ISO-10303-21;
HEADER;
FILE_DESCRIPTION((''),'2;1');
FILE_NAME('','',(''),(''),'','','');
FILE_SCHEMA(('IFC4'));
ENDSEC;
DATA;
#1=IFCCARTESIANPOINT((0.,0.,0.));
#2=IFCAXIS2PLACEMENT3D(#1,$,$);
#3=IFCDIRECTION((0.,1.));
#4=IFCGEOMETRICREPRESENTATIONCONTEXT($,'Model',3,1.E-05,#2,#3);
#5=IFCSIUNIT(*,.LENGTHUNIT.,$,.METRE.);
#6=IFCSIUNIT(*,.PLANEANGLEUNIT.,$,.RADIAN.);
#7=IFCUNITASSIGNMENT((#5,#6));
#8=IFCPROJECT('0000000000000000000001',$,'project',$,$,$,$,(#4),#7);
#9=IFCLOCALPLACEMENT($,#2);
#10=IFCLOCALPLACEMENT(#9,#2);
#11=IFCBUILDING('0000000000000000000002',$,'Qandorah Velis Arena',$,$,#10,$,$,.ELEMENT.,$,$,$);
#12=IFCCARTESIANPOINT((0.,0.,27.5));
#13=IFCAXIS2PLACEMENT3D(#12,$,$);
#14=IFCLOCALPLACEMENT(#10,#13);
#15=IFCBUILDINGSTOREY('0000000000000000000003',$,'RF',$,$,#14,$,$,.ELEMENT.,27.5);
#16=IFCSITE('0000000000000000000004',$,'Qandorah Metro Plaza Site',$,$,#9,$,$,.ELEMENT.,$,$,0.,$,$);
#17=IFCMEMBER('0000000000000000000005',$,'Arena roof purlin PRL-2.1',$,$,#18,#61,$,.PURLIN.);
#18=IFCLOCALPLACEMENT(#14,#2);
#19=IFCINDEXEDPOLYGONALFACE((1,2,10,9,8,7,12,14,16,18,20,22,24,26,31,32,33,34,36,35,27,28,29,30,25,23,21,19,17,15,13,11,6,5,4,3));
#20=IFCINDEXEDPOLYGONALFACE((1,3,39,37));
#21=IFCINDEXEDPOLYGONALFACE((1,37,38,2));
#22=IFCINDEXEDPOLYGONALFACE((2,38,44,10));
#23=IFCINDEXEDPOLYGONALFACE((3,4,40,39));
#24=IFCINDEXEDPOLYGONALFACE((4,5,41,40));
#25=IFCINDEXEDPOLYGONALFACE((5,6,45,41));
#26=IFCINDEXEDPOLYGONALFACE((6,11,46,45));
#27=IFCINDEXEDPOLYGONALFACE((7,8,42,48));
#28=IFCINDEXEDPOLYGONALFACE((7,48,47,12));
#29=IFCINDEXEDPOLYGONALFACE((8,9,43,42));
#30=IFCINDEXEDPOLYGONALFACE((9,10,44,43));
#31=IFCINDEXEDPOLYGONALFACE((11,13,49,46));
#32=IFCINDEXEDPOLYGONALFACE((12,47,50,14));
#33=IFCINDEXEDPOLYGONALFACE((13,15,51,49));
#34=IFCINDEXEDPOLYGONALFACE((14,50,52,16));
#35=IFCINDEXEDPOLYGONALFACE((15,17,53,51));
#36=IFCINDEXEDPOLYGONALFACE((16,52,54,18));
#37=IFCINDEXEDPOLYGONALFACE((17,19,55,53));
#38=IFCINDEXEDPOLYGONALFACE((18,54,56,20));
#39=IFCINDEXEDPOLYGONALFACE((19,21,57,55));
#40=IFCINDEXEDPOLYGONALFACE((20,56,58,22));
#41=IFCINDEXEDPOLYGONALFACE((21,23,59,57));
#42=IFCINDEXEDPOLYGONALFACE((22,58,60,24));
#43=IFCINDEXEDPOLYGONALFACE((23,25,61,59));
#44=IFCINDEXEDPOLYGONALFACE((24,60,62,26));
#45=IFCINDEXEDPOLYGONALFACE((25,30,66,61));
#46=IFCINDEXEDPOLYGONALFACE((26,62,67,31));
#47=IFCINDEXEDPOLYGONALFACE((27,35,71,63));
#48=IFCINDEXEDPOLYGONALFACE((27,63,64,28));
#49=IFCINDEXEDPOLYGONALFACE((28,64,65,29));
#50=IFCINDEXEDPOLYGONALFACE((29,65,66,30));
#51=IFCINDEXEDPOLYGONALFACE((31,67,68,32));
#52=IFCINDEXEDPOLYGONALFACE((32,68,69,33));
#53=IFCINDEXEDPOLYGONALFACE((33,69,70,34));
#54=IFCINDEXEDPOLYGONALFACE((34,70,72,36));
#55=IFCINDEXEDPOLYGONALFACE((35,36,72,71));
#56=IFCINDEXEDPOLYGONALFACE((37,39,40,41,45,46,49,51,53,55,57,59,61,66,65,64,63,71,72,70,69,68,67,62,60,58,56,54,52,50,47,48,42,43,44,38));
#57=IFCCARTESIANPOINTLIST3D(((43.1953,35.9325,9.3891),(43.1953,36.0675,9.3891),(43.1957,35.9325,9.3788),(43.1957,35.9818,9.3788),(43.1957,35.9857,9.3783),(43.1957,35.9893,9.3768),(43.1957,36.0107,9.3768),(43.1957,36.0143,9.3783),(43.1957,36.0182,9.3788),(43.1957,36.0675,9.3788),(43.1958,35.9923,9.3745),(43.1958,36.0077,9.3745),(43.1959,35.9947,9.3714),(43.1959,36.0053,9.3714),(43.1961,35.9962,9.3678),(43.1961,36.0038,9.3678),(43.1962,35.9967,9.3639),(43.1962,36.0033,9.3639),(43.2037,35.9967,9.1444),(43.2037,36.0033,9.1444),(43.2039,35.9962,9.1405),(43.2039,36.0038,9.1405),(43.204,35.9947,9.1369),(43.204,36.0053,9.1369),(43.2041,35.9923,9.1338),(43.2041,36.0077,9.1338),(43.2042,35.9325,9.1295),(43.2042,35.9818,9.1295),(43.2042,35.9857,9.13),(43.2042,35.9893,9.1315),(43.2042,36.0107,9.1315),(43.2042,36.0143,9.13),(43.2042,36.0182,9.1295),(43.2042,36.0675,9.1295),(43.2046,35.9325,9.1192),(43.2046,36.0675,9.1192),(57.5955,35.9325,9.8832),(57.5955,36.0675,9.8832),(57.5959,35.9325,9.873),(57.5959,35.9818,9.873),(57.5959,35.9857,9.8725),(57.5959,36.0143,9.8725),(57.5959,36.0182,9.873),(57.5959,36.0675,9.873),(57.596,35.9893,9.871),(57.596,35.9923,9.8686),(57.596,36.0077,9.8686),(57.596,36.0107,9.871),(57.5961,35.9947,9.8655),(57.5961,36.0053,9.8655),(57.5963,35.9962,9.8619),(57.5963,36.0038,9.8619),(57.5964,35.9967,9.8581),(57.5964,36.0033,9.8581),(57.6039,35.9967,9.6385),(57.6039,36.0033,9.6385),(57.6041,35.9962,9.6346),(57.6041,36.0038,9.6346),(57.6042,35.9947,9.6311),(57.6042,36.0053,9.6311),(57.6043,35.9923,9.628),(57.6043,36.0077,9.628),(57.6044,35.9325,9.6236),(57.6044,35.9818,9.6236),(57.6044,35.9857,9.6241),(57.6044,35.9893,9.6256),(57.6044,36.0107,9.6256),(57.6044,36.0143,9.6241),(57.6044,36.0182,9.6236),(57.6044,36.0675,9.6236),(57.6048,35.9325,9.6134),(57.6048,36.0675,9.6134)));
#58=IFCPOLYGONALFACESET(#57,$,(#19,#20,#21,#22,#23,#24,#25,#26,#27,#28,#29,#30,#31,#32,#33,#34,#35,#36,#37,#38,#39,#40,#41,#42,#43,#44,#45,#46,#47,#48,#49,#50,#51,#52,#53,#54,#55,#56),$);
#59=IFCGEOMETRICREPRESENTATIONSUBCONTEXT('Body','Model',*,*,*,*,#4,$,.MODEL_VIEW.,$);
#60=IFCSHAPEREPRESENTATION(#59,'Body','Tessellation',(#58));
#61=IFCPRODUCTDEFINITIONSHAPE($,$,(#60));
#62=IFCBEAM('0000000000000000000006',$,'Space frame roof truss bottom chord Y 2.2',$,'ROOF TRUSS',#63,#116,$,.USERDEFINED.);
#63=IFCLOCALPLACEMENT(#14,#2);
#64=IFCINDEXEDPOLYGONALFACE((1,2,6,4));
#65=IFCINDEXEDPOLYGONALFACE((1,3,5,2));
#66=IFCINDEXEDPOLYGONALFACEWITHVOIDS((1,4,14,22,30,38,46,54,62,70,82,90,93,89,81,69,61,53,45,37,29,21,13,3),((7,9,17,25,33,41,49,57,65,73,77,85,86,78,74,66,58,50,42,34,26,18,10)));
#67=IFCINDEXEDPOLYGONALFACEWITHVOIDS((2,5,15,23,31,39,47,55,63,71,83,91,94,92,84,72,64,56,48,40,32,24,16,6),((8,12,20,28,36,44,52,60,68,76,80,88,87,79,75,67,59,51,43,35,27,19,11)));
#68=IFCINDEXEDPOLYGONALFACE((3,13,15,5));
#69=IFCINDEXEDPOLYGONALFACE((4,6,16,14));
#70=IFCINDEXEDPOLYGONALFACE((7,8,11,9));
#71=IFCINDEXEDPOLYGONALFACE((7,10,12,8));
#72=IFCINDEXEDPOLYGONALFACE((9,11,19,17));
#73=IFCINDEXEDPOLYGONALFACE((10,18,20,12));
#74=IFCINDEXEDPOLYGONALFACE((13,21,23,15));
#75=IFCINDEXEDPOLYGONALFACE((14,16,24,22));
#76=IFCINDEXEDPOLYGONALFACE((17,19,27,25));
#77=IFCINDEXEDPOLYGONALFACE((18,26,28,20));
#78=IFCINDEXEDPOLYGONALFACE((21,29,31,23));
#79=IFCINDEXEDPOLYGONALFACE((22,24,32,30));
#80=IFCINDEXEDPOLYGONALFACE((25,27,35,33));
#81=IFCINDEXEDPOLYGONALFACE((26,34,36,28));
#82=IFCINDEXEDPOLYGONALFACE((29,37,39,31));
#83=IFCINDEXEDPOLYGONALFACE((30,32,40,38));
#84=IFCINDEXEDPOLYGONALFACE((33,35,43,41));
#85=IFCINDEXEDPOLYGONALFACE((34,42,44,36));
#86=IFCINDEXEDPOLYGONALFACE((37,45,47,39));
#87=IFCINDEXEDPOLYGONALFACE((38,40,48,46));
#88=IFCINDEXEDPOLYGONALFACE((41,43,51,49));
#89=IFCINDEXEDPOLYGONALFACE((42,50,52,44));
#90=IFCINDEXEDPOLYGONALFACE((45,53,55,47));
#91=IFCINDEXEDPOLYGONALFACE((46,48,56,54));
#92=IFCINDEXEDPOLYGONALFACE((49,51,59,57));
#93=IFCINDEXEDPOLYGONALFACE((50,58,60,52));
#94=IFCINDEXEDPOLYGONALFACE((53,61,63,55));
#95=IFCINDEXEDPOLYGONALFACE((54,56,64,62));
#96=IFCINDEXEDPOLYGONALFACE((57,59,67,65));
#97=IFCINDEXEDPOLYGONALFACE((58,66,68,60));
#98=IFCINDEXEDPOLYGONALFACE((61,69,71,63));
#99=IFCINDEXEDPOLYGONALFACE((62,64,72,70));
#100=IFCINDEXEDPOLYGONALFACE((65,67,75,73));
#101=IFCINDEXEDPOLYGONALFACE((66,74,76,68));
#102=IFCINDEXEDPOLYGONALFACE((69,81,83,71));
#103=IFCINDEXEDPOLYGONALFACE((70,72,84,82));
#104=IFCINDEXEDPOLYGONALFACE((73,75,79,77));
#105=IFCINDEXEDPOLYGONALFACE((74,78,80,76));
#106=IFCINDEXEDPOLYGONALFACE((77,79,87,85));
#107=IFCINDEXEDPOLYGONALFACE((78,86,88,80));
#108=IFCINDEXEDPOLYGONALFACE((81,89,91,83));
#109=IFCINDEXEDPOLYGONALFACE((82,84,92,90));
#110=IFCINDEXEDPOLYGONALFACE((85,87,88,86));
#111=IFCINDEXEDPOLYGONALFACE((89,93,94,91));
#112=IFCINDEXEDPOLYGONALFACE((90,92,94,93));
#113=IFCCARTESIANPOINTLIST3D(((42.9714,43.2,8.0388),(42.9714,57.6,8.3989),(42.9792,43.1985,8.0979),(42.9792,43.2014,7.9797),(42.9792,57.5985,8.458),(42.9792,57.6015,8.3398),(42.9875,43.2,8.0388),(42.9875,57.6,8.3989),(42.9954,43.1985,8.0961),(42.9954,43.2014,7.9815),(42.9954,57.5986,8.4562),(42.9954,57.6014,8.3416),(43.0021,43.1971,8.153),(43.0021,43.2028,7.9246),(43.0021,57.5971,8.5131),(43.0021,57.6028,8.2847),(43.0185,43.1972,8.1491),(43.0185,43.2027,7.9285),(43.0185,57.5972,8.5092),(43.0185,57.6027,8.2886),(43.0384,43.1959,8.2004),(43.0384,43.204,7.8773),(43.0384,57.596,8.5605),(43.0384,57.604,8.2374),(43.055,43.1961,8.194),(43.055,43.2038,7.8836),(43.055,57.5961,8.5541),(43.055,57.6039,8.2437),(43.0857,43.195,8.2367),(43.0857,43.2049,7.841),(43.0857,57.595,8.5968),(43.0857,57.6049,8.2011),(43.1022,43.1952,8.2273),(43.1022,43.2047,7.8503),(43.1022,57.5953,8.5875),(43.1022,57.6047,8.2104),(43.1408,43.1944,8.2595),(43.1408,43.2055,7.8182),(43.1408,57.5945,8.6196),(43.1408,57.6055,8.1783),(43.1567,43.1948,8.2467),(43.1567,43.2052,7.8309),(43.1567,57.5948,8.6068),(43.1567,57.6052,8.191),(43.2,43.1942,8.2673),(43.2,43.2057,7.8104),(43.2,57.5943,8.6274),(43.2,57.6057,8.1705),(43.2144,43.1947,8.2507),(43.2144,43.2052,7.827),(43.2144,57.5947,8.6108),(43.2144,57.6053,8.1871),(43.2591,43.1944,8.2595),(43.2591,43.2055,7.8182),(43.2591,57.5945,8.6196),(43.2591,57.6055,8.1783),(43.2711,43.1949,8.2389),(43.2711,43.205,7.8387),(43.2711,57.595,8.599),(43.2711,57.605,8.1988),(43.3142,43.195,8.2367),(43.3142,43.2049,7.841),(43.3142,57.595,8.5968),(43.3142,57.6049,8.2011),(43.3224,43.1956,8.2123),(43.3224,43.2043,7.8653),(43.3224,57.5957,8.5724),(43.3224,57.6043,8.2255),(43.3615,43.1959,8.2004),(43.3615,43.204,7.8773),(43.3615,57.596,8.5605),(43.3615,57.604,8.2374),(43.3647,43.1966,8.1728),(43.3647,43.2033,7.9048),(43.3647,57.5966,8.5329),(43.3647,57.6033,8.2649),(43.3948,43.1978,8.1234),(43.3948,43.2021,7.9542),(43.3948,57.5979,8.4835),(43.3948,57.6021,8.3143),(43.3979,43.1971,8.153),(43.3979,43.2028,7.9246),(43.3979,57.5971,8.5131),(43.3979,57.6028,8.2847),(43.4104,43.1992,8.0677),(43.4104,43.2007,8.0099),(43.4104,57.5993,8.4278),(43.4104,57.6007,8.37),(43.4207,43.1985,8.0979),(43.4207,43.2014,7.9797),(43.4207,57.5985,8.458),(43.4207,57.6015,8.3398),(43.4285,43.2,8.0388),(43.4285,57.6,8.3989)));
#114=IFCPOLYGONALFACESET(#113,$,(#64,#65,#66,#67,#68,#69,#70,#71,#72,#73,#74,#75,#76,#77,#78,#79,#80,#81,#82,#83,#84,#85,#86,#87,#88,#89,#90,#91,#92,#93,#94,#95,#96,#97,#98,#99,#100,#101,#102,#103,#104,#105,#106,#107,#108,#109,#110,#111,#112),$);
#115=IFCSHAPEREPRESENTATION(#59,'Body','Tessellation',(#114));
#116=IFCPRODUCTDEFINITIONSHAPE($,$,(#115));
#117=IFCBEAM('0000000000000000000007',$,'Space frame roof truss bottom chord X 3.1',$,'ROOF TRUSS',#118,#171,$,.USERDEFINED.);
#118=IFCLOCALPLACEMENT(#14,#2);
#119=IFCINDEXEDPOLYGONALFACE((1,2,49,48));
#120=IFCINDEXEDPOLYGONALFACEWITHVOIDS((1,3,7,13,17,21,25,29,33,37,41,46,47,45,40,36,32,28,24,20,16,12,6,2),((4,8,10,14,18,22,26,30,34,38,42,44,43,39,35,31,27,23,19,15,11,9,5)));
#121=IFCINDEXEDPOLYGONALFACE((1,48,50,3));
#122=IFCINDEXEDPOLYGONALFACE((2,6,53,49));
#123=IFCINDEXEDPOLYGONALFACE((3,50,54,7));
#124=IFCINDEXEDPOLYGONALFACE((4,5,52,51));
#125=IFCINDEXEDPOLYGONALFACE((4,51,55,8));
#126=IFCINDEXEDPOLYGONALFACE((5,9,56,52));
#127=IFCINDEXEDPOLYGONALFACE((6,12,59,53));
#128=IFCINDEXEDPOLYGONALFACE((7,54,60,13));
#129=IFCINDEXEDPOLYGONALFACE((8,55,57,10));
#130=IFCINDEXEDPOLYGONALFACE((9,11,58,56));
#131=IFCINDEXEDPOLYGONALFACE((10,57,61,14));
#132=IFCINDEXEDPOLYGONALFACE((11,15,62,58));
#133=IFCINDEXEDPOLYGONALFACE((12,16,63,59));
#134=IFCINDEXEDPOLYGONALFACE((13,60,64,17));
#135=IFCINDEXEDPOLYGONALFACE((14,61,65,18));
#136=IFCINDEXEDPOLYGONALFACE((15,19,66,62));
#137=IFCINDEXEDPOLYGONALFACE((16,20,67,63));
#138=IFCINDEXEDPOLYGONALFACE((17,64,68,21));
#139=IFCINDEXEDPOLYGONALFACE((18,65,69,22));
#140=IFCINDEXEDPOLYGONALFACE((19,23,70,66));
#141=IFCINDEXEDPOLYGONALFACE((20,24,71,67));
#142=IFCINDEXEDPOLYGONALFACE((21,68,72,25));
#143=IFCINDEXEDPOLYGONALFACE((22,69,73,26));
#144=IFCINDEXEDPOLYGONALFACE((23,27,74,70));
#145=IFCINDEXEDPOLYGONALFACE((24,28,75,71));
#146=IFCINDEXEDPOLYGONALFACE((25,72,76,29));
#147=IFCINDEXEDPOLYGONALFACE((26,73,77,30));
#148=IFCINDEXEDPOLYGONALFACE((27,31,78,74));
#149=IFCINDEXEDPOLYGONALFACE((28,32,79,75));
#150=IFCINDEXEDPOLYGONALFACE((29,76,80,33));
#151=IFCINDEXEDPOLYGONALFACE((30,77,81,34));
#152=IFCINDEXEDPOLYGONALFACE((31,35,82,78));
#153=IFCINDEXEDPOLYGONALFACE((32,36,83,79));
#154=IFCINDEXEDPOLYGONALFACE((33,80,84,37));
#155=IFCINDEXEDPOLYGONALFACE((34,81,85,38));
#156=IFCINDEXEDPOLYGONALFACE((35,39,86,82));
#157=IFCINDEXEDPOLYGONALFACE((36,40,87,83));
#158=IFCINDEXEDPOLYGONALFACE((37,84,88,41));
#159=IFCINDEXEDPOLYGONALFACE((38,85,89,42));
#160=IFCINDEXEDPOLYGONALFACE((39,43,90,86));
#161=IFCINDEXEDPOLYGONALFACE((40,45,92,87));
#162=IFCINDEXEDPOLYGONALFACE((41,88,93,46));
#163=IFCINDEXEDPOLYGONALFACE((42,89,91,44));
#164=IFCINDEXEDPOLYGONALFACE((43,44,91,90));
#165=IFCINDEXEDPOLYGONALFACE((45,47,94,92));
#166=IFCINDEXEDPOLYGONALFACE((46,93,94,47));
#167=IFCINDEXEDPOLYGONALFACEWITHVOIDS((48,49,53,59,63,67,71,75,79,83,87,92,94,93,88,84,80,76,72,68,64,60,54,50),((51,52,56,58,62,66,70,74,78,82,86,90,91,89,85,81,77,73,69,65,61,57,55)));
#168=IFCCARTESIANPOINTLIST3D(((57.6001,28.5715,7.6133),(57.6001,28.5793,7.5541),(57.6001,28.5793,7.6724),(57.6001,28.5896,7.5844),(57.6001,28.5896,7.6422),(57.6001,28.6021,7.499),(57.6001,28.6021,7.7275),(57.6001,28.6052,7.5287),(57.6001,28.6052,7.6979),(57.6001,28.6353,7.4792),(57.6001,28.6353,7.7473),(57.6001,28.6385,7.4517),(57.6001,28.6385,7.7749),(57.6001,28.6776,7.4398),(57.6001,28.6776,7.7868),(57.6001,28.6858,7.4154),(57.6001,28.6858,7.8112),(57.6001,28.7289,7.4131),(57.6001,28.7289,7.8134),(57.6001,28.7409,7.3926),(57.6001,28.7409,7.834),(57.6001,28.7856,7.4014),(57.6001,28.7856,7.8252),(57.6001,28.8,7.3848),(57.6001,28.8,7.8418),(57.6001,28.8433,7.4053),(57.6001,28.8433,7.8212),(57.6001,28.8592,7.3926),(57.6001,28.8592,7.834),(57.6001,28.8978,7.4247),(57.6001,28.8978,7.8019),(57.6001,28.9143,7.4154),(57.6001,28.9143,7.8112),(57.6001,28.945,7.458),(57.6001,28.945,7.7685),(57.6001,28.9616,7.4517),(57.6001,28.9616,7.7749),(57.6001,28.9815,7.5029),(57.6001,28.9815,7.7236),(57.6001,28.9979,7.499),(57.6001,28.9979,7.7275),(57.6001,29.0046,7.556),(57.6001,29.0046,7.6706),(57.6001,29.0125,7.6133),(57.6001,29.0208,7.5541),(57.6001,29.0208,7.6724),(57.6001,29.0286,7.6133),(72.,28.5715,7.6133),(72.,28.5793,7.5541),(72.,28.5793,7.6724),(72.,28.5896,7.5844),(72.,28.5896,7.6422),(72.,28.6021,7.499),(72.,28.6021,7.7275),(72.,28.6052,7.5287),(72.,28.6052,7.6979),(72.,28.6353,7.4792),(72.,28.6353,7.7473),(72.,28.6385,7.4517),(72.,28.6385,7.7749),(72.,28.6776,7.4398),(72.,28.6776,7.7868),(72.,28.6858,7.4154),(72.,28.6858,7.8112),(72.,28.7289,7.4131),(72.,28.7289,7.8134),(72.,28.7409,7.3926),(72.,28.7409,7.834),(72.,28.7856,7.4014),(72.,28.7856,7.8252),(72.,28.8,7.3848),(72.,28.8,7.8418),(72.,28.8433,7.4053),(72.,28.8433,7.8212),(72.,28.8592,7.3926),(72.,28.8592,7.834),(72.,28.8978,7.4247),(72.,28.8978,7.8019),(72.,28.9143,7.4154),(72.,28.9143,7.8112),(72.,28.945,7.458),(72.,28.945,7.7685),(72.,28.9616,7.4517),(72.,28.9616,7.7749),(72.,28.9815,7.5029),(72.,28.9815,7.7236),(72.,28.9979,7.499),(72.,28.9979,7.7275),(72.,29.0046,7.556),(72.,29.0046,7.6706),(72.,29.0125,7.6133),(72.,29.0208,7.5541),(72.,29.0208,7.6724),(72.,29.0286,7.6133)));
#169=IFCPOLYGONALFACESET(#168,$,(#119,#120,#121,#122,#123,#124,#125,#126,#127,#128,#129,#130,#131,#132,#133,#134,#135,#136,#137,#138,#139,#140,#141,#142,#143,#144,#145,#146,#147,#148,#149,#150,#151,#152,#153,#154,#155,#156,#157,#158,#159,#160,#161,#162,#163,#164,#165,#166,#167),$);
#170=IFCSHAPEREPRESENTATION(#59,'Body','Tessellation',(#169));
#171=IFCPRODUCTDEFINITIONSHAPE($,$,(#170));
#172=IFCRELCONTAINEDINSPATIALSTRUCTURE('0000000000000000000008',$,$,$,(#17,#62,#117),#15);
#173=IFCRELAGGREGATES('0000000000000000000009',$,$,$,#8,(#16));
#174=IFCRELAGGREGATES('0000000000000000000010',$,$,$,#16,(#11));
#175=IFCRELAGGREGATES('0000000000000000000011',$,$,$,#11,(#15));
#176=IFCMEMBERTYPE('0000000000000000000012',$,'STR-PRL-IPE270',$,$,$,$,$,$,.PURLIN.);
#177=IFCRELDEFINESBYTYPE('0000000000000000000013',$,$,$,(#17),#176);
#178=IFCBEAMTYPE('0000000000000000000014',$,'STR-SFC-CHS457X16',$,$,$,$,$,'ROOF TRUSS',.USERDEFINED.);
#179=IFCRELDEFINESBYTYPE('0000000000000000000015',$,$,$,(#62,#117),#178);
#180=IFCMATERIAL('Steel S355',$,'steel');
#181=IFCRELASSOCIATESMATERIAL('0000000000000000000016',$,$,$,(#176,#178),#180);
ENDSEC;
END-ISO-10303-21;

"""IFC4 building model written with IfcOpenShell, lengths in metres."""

from ifc_helpers import new_model, si_unit, direction, frame, origin, origin_2d, place, context, subcontext, project, spatial, hollow_circle, i_section, extrude, material, material_profile, profile_set, type_object, element, save


model = new_model("IFC4")

# Units and contexts
model_context = context("Model", 3, precision=1e-05, world=origin(), true_north=direction((0.0, 1.0)))
body_context = subcontext(model_context, "Body", "Model", "MODEL_VIEW")
ifc_project = project(units=[si_unit("LENGTHUNIT", "METRE"), si_unit("PLANEANGLEUNIT", "RADIAN")], contexts=[model_context])

# Site, building, storey
site_placement = place(None, origin())
site = spatial("IfcSite", under=ifc_project, at=site_placement, Name="Qandorah Metro Plaza Site", CompositionType="ELEMENT", RefElevation=0.0)
building_placement = place(site_placement, origin())
building = spatial("IfcBuilding", under=site, at=building_placement, Name="Qandorah Velis Arena", CompositionType="ELEMENT")
storey_placement = place(building_placement, frame((0.0, 0.0, 27.5)))
storey = spatial("IfcBuildingStorey", under=building, at=storey_placement, Name="RF", CompositionType="ELEMENT", Elevation=27.5)

# Member
ifc_material_1 = material(Name="Steel S355", Category="steel")
ifc_material_profile_1 = material_profile(ifc_material_1, i_section(OverallWidth=0.135, OverallDepth=0.27, WebThickness=0.0066, FlangeThickness=0.0103, FilletRadius=0.0149, at=origin_2d()), Name="IPE 270")
ifc_profile_set_1 = profile_set([ifc_material_profile_1], Name="Steel S355")
member_type_1 = type_object("IfcMemberType", Name="STR-PRL-IPE270", PredefinedType="PURLIN", material=ifc_profile_set_1)
member_1_placement = place(storey_placement, frame((43.2, 36.0, 9.2542), z_axis=(0.999412, 0.0, 0.034295), x_axis=(0.0, 1.0, 0.0)))
element("IfcMember", 1, at=member_1_placement, inside=storey, type_object=member_type_1, Name="Arena roof purlin PRL-2.1", PredefinedType="PURLIN", context=body_context, shape_type="SweptSolid", body=[
    extrude(i_section(OverallWidth=0.135, OverallDepth=0.27, WebThickness=0.0066, FlangeThickness=0.0103, FilletRadius=0.0149, at=origin_2d()), origin(), (0.0, 0.0, 1.0), 14.4087),
])

# Beams
ifc_material_profile_2 = material_profile(ifc_material_1, hollow_circle(Radius=0.2285, WallThickness=0.0161, at=origin_2d()), Name="CHS 457x16")
ifc_profile_set_2 = profile_set([ifc_material_profile_2], Name="Steel S355")
beam_type_1 = type_object("IfcBeamType", Name="STR-SFC-CHS457X16", ElementType="ROOF TRUSS", PredefinedType="USERDEFINED", material=ifc_profile_set_2)
beam_1_placement = place(storey_placement, frame((43.2, 43.2, 8.0388), z_axis=(0.0, 0.999687, 0.024999), x_axis=(-1.0, 0.0, 0.0)))
element("IfcBeam", 2, at=beam_1_placement, inside=storey, type_object=beam_type_1, Name="Space frame roof truss bottom chord Y 2.2", ObjectType="ROOF TRUSS", PredefinedType="USERDEFINED", context=body_context, shape_type="SweptSolid", body=[
    extrude(hollow_circle(Radius=0.2285, WallThickness=0.0161, at=origin_2d()), origin(), (0.0, 0.0, 1.0), 14.4045),
])
beam_2_placement = place(storey_placement, frame((57.6001, 28.8, 7.6133), z_axis=(1.0, 0.0, 0.0), x_axis=(0.0, 1.0, 0.0)))
element("IfcBeam", 3, at=beam_2_placement, inside=storey, type_object=beam_type_1, Name="Space frame roof truss bottom chord X 3.1", ObjectType="ROOF TRUSS", PredefinedType="USERDEFINED", context=body_context, shape_type="SweptSolid", body=[
    extrude(hollow_circle(Radius=0.2285, WallThickness=0.0161, at=origin_2d()), origin(), (0.0, 0.0, 1.0), 14.3999),
])

save(model, "model.ifc")
